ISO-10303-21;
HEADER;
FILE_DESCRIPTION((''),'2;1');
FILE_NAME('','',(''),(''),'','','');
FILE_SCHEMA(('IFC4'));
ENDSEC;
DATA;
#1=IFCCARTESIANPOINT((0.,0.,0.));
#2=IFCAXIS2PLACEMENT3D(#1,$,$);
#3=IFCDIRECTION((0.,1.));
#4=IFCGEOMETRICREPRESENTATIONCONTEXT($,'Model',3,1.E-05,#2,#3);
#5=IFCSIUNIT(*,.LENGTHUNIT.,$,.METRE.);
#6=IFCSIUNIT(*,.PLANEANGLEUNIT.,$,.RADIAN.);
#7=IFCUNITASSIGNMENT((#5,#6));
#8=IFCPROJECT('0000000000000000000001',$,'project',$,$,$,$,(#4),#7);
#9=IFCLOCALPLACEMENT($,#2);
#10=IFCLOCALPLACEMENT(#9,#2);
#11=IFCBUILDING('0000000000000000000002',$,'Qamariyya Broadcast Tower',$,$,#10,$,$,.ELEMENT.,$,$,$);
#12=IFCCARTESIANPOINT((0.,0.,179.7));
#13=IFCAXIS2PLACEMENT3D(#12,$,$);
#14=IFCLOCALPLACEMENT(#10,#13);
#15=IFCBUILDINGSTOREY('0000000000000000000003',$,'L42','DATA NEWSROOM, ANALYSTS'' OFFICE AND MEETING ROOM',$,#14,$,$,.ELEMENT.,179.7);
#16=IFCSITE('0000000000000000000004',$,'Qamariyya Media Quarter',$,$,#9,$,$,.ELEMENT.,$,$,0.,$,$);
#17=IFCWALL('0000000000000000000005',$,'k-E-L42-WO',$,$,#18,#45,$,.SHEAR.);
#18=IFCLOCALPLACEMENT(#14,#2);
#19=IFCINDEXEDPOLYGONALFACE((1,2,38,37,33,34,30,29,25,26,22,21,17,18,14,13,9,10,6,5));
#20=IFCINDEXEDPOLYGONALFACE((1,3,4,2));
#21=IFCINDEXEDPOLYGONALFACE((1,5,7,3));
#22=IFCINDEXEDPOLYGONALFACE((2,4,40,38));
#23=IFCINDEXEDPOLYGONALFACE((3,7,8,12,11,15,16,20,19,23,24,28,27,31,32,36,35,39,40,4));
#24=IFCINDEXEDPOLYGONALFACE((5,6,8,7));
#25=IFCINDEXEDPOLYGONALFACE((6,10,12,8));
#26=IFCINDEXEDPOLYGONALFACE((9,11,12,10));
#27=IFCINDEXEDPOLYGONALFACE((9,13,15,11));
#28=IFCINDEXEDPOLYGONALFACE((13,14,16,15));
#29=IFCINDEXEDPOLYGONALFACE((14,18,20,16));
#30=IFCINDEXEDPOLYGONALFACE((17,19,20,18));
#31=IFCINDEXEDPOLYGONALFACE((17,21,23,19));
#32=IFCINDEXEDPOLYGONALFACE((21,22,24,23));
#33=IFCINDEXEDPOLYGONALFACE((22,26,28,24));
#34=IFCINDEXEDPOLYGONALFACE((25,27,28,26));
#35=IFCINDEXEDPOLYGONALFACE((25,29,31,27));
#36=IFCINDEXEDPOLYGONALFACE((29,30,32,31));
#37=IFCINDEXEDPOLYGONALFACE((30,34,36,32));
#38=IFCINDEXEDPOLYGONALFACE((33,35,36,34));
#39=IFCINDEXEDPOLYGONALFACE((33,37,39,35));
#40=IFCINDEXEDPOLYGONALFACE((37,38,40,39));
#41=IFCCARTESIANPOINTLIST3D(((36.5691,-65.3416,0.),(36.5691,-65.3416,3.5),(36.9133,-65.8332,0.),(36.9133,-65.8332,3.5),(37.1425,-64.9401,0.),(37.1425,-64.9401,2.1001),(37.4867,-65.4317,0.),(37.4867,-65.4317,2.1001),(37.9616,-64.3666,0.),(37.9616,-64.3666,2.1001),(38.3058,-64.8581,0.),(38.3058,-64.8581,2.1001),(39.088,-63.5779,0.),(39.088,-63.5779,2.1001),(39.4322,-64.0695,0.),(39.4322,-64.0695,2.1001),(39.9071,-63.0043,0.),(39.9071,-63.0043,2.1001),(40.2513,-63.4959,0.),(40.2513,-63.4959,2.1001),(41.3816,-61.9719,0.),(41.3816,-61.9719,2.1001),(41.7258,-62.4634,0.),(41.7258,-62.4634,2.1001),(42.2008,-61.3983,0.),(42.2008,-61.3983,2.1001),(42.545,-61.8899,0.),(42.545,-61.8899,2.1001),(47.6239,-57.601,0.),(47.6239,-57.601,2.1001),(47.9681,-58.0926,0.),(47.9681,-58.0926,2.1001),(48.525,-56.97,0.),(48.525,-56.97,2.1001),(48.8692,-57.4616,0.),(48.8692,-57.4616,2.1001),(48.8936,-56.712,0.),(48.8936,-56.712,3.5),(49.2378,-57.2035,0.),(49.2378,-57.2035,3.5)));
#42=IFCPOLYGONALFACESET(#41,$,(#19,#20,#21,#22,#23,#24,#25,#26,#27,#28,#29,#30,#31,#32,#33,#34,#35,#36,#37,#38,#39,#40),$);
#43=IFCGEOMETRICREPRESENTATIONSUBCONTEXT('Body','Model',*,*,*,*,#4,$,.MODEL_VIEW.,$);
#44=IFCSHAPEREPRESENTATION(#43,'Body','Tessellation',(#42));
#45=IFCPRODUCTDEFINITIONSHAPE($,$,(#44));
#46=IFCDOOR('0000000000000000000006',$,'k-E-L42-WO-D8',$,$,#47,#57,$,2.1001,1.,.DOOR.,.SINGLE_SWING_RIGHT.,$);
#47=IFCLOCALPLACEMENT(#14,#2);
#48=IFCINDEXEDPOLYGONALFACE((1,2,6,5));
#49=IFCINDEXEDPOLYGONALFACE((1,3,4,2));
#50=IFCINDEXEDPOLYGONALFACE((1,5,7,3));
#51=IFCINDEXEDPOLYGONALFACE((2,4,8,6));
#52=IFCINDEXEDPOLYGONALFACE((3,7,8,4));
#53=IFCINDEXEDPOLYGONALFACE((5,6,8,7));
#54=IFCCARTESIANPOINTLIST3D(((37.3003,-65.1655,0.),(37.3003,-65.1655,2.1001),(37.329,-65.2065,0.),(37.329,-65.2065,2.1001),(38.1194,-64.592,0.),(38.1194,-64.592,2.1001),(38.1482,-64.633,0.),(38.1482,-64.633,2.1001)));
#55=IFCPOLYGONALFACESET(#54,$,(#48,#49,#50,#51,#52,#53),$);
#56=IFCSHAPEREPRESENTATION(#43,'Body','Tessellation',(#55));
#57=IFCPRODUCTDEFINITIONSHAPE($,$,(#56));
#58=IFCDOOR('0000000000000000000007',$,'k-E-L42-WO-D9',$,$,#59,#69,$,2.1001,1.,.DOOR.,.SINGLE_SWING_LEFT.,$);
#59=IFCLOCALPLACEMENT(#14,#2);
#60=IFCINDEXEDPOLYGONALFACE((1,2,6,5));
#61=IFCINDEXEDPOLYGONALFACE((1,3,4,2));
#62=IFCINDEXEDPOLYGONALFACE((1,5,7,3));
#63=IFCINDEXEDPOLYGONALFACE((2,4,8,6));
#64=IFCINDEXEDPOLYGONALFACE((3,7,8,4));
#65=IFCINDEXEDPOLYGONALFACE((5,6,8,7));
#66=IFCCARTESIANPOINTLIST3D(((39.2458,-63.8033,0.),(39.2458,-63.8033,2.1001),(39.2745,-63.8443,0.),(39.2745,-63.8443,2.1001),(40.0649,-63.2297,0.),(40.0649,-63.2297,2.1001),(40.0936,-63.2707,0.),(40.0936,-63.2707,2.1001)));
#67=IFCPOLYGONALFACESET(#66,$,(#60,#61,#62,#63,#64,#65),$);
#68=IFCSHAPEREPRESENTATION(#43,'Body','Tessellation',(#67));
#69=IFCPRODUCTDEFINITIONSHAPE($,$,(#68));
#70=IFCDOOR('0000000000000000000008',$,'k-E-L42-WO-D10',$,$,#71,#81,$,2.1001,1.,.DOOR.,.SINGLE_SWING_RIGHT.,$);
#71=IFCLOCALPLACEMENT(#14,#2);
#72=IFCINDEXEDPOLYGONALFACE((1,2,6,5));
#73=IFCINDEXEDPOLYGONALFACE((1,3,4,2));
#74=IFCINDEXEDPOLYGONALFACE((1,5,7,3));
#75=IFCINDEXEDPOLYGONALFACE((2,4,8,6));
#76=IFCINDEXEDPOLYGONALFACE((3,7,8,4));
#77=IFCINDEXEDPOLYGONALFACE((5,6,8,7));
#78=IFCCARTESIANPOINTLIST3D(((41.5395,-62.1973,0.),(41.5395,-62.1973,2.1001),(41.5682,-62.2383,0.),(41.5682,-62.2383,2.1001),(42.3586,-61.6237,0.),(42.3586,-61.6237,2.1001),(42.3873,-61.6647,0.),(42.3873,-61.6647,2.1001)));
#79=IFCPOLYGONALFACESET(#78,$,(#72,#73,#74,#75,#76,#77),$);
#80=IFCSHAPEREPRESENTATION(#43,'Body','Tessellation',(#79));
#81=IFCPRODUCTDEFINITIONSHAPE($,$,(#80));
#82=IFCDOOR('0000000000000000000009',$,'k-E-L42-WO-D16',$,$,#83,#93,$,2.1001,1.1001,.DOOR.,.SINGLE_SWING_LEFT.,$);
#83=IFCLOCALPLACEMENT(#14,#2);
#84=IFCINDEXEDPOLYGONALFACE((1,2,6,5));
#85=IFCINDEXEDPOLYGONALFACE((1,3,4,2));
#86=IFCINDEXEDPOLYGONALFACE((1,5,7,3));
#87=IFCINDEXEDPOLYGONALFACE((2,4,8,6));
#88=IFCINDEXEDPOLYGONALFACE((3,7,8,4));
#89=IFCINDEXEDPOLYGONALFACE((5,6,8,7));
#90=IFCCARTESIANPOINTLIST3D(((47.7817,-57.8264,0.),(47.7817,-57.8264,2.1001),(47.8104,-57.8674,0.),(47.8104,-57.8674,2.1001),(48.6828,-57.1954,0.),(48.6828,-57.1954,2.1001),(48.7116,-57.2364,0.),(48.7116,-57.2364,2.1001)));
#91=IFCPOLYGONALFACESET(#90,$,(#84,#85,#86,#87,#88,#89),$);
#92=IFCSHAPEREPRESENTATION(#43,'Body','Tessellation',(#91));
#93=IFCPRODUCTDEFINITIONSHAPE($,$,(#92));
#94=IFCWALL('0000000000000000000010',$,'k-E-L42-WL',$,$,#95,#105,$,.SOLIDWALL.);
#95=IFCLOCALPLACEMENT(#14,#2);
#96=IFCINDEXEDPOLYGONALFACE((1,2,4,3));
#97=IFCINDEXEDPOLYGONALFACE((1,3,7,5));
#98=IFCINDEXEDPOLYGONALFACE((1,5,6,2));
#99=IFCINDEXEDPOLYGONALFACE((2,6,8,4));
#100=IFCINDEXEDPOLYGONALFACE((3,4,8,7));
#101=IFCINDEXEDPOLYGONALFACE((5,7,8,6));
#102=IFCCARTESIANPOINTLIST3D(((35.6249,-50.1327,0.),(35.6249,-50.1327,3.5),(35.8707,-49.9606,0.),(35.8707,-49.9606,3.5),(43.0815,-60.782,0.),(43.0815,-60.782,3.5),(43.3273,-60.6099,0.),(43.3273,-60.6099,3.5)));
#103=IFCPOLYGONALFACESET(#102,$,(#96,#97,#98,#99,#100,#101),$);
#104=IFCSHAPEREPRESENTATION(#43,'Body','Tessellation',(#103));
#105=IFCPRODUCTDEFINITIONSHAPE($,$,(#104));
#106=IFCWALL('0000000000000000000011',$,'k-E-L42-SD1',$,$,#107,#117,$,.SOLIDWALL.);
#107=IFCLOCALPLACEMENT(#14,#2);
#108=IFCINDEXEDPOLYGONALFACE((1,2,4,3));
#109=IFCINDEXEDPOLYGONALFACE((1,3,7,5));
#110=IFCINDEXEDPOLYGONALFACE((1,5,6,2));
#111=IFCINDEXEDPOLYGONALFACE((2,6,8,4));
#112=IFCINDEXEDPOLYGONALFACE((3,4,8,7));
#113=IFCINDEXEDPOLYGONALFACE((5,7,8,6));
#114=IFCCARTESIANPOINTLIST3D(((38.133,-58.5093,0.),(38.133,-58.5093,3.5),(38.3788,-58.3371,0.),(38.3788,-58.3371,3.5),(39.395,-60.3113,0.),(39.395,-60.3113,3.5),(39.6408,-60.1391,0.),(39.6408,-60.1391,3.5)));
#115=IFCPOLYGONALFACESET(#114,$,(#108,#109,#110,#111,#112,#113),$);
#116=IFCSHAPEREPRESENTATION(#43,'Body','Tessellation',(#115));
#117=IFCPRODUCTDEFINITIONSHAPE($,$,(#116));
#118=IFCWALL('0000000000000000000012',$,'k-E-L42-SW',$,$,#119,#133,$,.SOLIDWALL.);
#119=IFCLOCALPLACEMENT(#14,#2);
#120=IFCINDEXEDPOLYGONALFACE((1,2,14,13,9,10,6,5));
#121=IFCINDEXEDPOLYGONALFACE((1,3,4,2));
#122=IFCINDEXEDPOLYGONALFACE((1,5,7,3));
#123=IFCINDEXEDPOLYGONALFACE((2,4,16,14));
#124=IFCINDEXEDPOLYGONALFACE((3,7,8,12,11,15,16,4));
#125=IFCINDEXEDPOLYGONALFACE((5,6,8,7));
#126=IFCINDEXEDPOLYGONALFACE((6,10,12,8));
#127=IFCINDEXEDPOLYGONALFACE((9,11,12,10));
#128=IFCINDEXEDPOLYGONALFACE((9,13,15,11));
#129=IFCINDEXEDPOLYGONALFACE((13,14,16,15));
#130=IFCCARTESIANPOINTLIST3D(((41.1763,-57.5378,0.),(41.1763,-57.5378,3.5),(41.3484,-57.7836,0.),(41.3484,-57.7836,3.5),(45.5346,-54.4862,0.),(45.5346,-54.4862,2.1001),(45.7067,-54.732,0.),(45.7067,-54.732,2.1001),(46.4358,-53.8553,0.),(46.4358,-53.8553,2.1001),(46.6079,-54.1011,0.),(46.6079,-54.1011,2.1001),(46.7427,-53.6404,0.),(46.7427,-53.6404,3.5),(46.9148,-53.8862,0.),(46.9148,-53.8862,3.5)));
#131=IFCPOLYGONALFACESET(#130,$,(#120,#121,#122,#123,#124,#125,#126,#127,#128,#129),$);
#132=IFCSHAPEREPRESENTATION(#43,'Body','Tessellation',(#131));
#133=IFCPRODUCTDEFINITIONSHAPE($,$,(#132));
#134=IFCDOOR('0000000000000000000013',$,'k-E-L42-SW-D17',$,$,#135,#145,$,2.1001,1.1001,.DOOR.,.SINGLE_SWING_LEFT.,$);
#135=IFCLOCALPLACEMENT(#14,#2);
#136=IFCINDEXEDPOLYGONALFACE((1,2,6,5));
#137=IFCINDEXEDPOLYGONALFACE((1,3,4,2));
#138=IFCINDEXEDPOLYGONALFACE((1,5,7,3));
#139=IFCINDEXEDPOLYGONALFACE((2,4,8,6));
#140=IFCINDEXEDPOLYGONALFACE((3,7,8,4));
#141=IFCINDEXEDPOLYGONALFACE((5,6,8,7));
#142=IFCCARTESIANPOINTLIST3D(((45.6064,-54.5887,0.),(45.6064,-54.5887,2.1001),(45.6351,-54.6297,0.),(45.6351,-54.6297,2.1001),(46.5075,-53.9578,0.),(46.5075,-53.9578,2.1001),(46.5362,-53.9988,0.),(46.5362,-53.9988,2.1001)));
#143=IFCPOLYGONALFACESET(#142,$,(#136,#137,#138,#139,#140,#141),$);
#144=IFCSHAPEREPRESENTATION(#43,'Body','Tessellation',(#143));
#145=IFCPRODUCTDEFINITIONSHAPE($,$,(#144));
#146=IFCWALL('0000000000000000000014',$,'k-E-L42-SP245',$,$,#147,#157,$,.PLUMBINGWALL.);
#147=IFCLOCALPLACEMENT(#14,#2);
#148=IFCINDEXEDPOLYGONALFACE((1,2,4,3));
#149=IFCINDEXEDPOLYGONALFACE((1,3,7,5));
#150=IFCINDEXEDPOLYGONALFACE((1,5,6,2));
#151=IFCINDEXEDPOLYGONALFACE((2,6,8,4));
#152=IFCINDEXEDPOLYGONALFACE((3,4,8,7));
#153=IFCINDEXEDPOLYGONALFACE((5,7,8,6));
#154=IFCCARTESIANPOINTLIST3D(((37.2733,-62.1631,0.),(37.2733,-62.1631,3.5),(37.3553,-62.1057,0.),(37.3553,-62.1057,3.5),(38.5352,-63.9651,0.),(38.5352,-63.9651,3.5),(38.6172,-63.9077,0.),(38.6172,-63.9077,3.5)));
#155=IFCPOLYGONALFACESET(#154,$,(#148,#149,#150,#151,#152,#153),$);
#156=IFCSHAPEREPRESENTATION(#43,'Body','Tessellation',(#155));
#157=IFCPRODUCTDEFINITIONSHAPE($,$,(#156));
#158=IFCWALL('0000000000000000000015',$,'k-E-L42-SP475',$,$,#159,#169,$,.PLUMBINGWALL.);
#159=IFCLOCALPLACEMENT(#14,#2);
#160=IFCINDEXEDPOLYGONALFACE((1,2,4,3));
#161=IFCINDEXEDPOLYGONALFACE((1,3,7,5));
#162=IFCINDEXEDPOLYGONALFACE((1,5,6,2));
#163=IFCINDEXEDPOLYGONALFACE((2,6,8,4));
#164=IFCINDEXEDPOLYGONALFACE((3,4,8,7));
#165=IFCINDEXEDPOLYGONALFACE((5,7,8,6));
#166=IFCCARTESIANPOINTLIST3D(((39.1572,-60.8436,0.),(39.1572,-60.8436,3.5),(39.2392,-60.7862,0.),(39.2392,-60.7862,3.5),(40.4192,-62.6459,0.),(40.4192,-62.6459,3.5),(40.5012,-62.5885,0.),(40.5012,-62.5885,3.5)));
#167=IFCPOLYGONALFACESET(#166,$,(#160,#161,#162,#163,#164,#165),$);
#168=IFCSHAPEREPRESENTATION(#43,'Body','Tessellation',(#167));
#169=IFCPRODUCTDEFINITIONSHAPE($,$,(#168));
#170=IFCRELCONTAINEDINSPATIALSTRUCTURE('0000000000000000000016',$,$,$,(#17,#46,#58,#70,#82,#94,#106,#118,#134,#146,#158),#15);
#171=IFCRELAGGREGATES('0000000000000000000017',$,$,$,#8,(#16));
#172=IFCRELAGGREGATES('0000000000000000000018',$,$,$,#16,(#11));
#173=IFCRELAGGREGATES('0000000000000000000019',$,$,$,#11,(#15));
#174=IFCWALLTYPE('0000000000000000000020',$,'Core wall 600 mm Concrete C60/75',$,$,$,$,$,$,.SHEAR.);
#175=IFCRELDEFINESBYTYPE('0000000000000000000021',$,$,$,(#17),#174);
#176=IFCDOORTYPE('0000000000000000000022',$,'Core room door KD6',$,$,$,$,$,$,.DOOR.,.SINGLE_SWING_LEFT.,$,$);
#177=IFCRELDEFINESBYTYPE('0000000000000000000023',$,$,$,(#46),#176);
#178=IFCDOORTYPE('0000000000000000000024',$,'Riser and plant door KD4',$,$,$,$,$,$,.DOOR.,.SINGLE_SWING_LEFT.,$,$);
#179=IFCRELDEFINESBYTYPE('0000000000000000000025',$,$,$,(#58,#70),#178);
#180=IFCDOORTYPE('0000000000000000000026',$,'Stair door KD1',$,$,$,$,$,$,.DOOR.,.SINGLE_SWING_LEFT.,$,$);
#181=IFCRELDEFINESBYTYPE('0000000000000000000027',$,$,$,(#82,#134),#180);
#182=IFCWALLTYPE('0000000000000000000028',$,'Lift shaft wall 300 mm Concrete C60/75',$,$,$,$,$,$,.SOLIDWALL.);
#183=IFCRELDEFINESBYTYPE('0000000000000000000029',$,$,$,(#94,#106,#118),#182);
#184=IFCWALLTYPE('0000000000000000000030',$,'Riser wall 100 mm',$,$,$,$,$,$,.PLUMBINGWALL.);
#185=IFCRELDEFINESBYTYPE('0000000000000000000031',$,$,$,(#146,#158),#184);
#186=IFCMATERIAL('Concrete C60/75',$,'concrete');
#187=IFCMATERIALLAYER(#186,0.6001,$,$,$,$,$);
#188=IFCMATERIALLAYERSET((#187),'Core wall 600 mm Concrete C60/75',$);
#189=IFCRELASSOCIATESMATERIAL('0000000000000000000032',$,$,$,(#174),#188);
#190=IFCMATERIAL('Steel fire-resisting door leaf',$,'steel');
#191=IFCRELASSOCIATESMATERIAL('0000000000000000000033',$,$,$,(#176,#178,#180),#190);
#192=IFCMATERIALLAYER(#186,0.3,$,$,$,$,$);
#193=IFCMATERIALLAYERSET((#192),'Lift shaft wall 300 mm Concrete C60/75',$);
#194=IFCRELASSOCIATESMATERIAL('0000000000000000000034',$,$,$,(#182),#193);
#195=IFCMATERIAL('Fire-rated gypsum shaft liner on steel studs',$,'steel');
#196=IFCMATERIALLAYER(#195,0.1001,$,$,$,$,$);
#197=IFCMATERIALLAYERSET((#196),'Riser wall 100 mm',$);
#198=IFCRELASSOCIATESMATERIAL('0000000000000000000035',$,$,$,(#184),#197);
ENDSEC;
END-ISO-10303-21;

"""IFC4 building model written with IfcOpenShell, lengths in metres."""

from ifc_helpers import new_model, si_unit, direction, frame, frame_2d, origin, place, context, subcontext, project, spatial, rectangle, extrude, material, layer, layer_set, type_object, element, fill, save


model = new_model("IFC4")

# Units and contexts
model_context = context("Model", 3, precision=1e-05, world=origin(), true_north=direction((0.0, 1.0)))
body_context = subcontext(model_context, "Body", "Model", "MODEL_VIEW")
ifc_project = project(units=[si_unit("LENGTHUNIT", "METRE"), si_unit("PLANEANGLEUNIT", "RADIAN")], contexts=[model_context])

# Site, building, storey
site_placement = place(None, origin())
site = spatial("IfcSite", under=ifc_project, at=site_placement, Name="Qamariyya Media Quarter", CompositionType="ELEMENT", RefElevation=0.0)
building_placement = place(site_placement, origin())
building = spatial("IfcBuilding", under=site, at=building_placement, Name="Qamariyya Broadcast Tower", CompositionType="ELEMENT")
storey_placement = place(building_placement, frame((0.0, 0.0, 179.7)))
storey = spatial("IfcBuildingStorey", under=building, at=storey_placement, Name="L42", Description="DATA NEWSROOM, ANALYSTS' OFFICE AND MEETING ROOM", CompositionType="ELEMENT", Elevation=179.7)

# Shared definitions
ifc_material_1 = material(Name="Concrete C60/75", Category="concrete")

# Shared definitions
ifc_layer_1 = layer(ifc_material_1, 0.6001)
ifc_layer_set_1 = layer_set([ifc_layer_1], Name="Core wall 600 mm Concrete C60/75")
wall_type_1 = type_object("IfcWallType", Name="Core wall 600 mm Concrete C60/75", PredefinedType="SHEAR", material=ifc_layer_set_1)
ifc_material_2 = material(Name="Steel fire-resisting door leaf", Category="steel")

# Wall, openings, doors
wall_1_placement = place(storey_placement, frame((36.7412, -65.5874, 0.0), z_axis=(0.0, 0.0, 1.0), x_axis=(0.819153, 0.573575, 0.0)))
wall_1 = element("IfcWall", 1, at=wall_1_placement, inside=storey, type_object=wall_type_1, Name="k-E-L42-WO", PredefinedType="SHEAR", context=body_context, shape_type="SweptSolid", body=[
    extrude(rectangle(XDim=15.0454, YDim=0.6001, at=frame_2d((7.5227, 0.0))), origin(), (0.0, 0.0, 1.0), 3.5),
])
opening_1_placement = place(wall_1_placement, frame((0.7, 0.0, 0.0)))
opening_1 = element("IfcOpeningElement", 2, at=opening_1_placement, cuts=wall_1, PredefinedType="OPENING", context=body_context, shape_type="SweptSolid", body=[
    extrude(rectangle(XDim=1.0, YDim=2.1001, at=frame_2d((0.5, 1.05))), frame((0.0, 0.3101, 0.0), z_axis=(0.0, -1.0, 0.0), x_axis=(1.0, 0.0, 0.0)), (0.0, 0.0, 1.0), 0.6201),
])
opening_2_placement = place(wall_1_placement, frame((3.075, 0.0, 0.0)))
opening_2 = element("IfcOpeningElement", 3, at=opening_2_placement, cuts=wall_1, PredefinedType="OPENING", context=body_context, shape_type="SweptSolid", body=[
    extrude(rectangle(XDim=1.0, YDim=2.1001, at=frame_2d((0.5, 1.05))), frame((0.0, 0.3101, 0.0), z_axis=(0.0, -1.0, 0.0), x_axis=(1.0, 0.0, 0.0)), (0.0, 0.0, 1.0), 0.6201),
])
opening_3_placement = place(wall_1_placement, frame((5.875, 0.0, 0.0)))
opening_3 = element("IfcOpeningElement", 4, at=opening_3_placement, cuts=wall_1, PredefinedType="OPENING", context=body_context, shape_type="SweptSolid", body=[
    extrude(rectangle(XDim=1.0, YDim=2.1001, at=frame_2d((0.5, 1.05))), frame((0.0, 0.3101, 0.0), z_axis=(0.0, -1.0, 0.0), x_axis=(1.0, 0.0, 0.0)), (0.0, 0.0, 1.0), 0.6201),
])
opening_4_placement = place(wall_1_placement, frame((13.4954, 0.0, 0.0)))
opening_4 = element("IfcOpeningElement", 5, at=opening_4_placement, cuts=wall_1, PredefinedType="OPENING", context=body_context, shape_type="SweptSolid", body=[
    extrude(rectangle(XDim=1.1001, YDim=2.1001, at=frame_2d((0.55, 1.05))), frame((0.0, 0.3101, 0.0), z_axis=(0.0, -1.0, 0.0), x_axis=(1.0, 0.0, 0.0)), (0.0, 0.0, 1.0), 0.6201),
])
door_type_1 = type_object("IfcDoorType", Name="Core room door KD6", OperationType="SINGLE_SWING_LEFT", PredefinedType="DOOR", material=ifc_material_2)
door_1_placement = place(opening_1_placement, origin())
door_1 = element("IfcDoor", 6, at=door_1_placement, inside=storey, type_object=door_type_1, Name="k-E-L42-WO-D8", OperationType="SINGLE_SWING_RIGHT", OverallHeight=2.1001, OverallWidth=1.0, PredefinedType="DOOR", context=body_context, shape_type="SweptSolid", body=[
    extrude(rectangle(XDim=1.0, YDim=2.1001, at=frame_2d((0.5, 1.05))), frame((0.0, 0.0249, 0.0), z_axis=(0.0, -1.0, 0.0), x_axis=(1.0, 0.0, 0.0)), (0.0, 0.0, 1.0), 0.05),
])
fill(opening_1, door_1)
door_type_2 = type_object("IfcDoorType", Name="Riser and plant door KD4", OperationType="SINGLE_SWING_LEFT", PredefinedType="DOOR", material=ifc_material_2)
door_2_placement = place(opening_2_placement, origin())
door_2 = element("IfcDoor", 7, at=door_2_placement, inside=storey, type_object=door_type_2, Name="k-E-L42-WO-D9", OperationType="SINGLE_SWING_LEFT", OverallHeight=2.1001, OverallWidth=1.0, PredefinedType="DOOR", context=body_context, shape_type="SweptSolid", body=[
    extrude(rectangle(XDim=1.0, YDim=2.1001, at=frame_2d((0.5, 1.05))), frame((0.0, 0.0249, 0.0), z_axis=(0.0, -1.0, 0.0), x_axis=(1.0, 0.0, 0.0)), (0.0, 0.0, 1.0), 0.05),
])
fill(opening_2, door_2)
door_3_placement = place(opening_3_placement, origin())
door_3 = element("IfcDoor", 8, at=door_3_placement, inside=storey, type_object=door_type_2, Name="k-E-L42-WO-D10", OperationType="SINGLE_SWING_RIGHT", OverallHeight=2.1001, OverallWidth=1.0, PredefinedType="DOOR", context=body_context, shape_type="SweptSolid", body=[
    extrude(rectangle(XDim=1.0, YDim=2.1001, at=frame_2d((0.5, 1.05))), frame((0.0, 0.0249, 0.0), z_axis=(0.0, -1.0, 0.0), x_axis=(1.0, 0.0, 0.0)), (0.0, 0.0, 1.0), 0.05),
])
fill(opening_3, door_3)
door_type_3 = type_object("IfcDoorType", Name="Stair door KD1", OperationType="SINGLE_SWING_LEFT", PredefinedType="DOOR", material=ifc_material_2)
door_4_placement = place(opening_4_placement, origin())
door_4 = element("IfcDoor", 9, at=door_4_placement, inside=storey, type_object=door_type_3, Name="k-E-L42-WO-D16", OperationType="SINGLE_SWING_LEFT", OverallHeight=2.1001, OverallWidth=1.1001, PredefinedType="DOOR", context=body_context, shape_type="SweptSolid", body=[
    extrude(rectangle(XDim=1.1001, YDim=2.1001, at=frame_2d((0.55, 1.05))), frame((0.0, 0.0249, 0.0), z_axis=(0.0, -1.0, 0.0), x_axis=(1.0, 0.0, 0.0)), (0.0, 0.0, 1.0), 0.05),
])
fill(opening_4, door_4)

# Walls
ifc_layer_2 = layer(ifc_material_1, 0.3)
ifc_layer_set_2 = layer_set([ifc_layer_2], Name="Lift shaft wall 300 mm Concrete C60/75")
wall_type_2 = type_object("IfcWallType", Name="Lift shaft wall 300 mm Concrete C60/75", PredefinedType="SOLIDWALL", material=ifc_layer_set_2)
wall_2_placement = place(storey_placement, frame((43.2043, -60.6958, 0.0), z_axis=(0.0, 0.0, 1.0), x_axis=(-0.573572, 0.819155, 0.0)))
element("IfcWall", 10, at=wall_2_placement, inside=storey, type_object=wall_type_2, Name="k-E-L42-WL", PredefinedType="SOLIDWALL", context=body_context, shape_type="SweptSolid", body=[
    extrude(rectangle(XDim=13.0002, YDim=0.3, at=frame_2d((6.5, 0.0))), origin(), (0.0, 0.0, 1.0), 3.5),
])
wall_3_placement = place(storey_placement, frame((38.2559, -58.4231, 0.0), z_axis=(0.0, 0.0, 1.0), x_axis=(0.573634, -0.819112, 0.0)))
element("IfcWall", 11, at=wall_3_placement, inside=storey, type_object=wall_type_2, Name="k-E-L42-SD1", PredefinedType="SOLIDWALL", context=body_context, shape_type="SweptSolid", body=[
    extrude(rectangle(XDim=2.2, YDim=0.3, at=frame_2d((1.1001, 0.0))), origin(), (0.0, 0.0, 1.0), 3.5),
])

# Wall, opening, door
wall_4_placement = place(storey_placement, frame((41.2625, -57.6606, 0.0), z_axis=(0.0, 0.0, 1.0), x_axis=(0.819164, 0.573559, 0.0)))
wall_4 = element("IfcWall", 12, at=wall_4_placement, inside=storey, type_object=wall_type_2, Name="k-E-L42-SW", PredefinedType="SOLIDWALL", context=body_context, shape_type="SweptSolid", body=[
    extrude(rectangle(XDim=6.7952, YDim=0.3, at=frame_2d((3.3975, 0.0))), origin(), (0.0, 0.0, 1.0), 3.5),
])
opening_5_placement = place(wall_4_placement, frame((5.3203, 0.0, 0.0)))
opening_5 = element("IfcOpeningElement", 13, at=opening_5_placement, cuts=wall_4, PredefinedType="OPENING", context=body_context, shape_type="SweptSolid", body=[
    extrude(rectangle(XDim=1.1001, YDim=2.1001, at=frame_2d((0.55, 1.05))), frame((0.0, 0.1599, 0.0), z_axis=(0.0, -1.0, 0.0), x_axis=(1.0, 0.0, 0.0)), (0.0, 0.0, 1.0), 0.3201),
])
door_5_placement = place(opening_5_placement, origin())
door_5 = element("IfcDoor", 14, at=door_5_placement, inside=storey, type_object=door_type_3, Name="k-E-L42-SW-D17", OperationType="SINGLE_SWING_LEFT", OverallHeight=2.1001, OverallWidth=1.1001, PredefinedType="DOOR", context=body_context, shape_type="SweptSolid", body=[
    extrude(rectangle(XDim=1.1001, YDim=2.1001, at=frame_2d((0.55, 1.05))), frame((0.0, 0.0249, 0.0), z_axis=(0.0, -1.0, 0.0), x_axis=(1.0, 0.0, 0.0)), (0.0, 0.0, 1.0), 0.05),
])
fill(opening_5, door_5)

# Walls
ifc_material_3 = material(Name="Fire-rated gypsum shaft liner on steel studs", Category="steel")
ifc_layer_3 = layer(ifc_material_3, 0.1001)
ifc_layer_set_3 = layer_set([ifc_layer_3], Name="Riser wall 100 mm")
wall_type_3 = type_object("IfcWallType", Name="Riser wall 100 mm", PredefinedType="PLUMBINGWALL", material=ifc_layer_set_3)
wall_5_placement = place(storey_placement, frame((37.3142, -62.1343, 0.0), z_axis=(0.0, 0.0, 1.0), x_axis=(0.573634, -0.819112, 0.0)))
element("IfcWall", 15, at=wall_5_placement, inside=storey, type_object=wall_type_3, Name="k-E-L42-SP245", PredefinedType="PLUMBINGWALL", context=body_context, shape_type="SweptSolid", body=[
    extrude(rectangle(XDim=2.2, YDim=0.1001, at=frame_2d((1.1001, 0.0))), origin(), (0.0, 0.0, 1.0), 3.5),
])
wall_6_placement = place(storey_placement, frame((39.1982, -60.8149, 0.0), z_axis=(0.0, 0.0, 1.0), x_axis=(0.573581, -0.819149, 0.0)))
element("IfcWall", 16, at=wall_6_placement, inside=storey, type_object=wall_type_3, Name="k-E-L42-SP475", PredefinedType="PLUMBINGWALL", context=body_context, shape_type="SweptSolid", body=[
    extrude(rectangle(XDim=2.2002, YDim=0.1001, at=frame_2d((1.1001, 0.0))), origin(), (0.0, 0.0, 1.0), 3.5),
])

save(model, "model.ifc")
